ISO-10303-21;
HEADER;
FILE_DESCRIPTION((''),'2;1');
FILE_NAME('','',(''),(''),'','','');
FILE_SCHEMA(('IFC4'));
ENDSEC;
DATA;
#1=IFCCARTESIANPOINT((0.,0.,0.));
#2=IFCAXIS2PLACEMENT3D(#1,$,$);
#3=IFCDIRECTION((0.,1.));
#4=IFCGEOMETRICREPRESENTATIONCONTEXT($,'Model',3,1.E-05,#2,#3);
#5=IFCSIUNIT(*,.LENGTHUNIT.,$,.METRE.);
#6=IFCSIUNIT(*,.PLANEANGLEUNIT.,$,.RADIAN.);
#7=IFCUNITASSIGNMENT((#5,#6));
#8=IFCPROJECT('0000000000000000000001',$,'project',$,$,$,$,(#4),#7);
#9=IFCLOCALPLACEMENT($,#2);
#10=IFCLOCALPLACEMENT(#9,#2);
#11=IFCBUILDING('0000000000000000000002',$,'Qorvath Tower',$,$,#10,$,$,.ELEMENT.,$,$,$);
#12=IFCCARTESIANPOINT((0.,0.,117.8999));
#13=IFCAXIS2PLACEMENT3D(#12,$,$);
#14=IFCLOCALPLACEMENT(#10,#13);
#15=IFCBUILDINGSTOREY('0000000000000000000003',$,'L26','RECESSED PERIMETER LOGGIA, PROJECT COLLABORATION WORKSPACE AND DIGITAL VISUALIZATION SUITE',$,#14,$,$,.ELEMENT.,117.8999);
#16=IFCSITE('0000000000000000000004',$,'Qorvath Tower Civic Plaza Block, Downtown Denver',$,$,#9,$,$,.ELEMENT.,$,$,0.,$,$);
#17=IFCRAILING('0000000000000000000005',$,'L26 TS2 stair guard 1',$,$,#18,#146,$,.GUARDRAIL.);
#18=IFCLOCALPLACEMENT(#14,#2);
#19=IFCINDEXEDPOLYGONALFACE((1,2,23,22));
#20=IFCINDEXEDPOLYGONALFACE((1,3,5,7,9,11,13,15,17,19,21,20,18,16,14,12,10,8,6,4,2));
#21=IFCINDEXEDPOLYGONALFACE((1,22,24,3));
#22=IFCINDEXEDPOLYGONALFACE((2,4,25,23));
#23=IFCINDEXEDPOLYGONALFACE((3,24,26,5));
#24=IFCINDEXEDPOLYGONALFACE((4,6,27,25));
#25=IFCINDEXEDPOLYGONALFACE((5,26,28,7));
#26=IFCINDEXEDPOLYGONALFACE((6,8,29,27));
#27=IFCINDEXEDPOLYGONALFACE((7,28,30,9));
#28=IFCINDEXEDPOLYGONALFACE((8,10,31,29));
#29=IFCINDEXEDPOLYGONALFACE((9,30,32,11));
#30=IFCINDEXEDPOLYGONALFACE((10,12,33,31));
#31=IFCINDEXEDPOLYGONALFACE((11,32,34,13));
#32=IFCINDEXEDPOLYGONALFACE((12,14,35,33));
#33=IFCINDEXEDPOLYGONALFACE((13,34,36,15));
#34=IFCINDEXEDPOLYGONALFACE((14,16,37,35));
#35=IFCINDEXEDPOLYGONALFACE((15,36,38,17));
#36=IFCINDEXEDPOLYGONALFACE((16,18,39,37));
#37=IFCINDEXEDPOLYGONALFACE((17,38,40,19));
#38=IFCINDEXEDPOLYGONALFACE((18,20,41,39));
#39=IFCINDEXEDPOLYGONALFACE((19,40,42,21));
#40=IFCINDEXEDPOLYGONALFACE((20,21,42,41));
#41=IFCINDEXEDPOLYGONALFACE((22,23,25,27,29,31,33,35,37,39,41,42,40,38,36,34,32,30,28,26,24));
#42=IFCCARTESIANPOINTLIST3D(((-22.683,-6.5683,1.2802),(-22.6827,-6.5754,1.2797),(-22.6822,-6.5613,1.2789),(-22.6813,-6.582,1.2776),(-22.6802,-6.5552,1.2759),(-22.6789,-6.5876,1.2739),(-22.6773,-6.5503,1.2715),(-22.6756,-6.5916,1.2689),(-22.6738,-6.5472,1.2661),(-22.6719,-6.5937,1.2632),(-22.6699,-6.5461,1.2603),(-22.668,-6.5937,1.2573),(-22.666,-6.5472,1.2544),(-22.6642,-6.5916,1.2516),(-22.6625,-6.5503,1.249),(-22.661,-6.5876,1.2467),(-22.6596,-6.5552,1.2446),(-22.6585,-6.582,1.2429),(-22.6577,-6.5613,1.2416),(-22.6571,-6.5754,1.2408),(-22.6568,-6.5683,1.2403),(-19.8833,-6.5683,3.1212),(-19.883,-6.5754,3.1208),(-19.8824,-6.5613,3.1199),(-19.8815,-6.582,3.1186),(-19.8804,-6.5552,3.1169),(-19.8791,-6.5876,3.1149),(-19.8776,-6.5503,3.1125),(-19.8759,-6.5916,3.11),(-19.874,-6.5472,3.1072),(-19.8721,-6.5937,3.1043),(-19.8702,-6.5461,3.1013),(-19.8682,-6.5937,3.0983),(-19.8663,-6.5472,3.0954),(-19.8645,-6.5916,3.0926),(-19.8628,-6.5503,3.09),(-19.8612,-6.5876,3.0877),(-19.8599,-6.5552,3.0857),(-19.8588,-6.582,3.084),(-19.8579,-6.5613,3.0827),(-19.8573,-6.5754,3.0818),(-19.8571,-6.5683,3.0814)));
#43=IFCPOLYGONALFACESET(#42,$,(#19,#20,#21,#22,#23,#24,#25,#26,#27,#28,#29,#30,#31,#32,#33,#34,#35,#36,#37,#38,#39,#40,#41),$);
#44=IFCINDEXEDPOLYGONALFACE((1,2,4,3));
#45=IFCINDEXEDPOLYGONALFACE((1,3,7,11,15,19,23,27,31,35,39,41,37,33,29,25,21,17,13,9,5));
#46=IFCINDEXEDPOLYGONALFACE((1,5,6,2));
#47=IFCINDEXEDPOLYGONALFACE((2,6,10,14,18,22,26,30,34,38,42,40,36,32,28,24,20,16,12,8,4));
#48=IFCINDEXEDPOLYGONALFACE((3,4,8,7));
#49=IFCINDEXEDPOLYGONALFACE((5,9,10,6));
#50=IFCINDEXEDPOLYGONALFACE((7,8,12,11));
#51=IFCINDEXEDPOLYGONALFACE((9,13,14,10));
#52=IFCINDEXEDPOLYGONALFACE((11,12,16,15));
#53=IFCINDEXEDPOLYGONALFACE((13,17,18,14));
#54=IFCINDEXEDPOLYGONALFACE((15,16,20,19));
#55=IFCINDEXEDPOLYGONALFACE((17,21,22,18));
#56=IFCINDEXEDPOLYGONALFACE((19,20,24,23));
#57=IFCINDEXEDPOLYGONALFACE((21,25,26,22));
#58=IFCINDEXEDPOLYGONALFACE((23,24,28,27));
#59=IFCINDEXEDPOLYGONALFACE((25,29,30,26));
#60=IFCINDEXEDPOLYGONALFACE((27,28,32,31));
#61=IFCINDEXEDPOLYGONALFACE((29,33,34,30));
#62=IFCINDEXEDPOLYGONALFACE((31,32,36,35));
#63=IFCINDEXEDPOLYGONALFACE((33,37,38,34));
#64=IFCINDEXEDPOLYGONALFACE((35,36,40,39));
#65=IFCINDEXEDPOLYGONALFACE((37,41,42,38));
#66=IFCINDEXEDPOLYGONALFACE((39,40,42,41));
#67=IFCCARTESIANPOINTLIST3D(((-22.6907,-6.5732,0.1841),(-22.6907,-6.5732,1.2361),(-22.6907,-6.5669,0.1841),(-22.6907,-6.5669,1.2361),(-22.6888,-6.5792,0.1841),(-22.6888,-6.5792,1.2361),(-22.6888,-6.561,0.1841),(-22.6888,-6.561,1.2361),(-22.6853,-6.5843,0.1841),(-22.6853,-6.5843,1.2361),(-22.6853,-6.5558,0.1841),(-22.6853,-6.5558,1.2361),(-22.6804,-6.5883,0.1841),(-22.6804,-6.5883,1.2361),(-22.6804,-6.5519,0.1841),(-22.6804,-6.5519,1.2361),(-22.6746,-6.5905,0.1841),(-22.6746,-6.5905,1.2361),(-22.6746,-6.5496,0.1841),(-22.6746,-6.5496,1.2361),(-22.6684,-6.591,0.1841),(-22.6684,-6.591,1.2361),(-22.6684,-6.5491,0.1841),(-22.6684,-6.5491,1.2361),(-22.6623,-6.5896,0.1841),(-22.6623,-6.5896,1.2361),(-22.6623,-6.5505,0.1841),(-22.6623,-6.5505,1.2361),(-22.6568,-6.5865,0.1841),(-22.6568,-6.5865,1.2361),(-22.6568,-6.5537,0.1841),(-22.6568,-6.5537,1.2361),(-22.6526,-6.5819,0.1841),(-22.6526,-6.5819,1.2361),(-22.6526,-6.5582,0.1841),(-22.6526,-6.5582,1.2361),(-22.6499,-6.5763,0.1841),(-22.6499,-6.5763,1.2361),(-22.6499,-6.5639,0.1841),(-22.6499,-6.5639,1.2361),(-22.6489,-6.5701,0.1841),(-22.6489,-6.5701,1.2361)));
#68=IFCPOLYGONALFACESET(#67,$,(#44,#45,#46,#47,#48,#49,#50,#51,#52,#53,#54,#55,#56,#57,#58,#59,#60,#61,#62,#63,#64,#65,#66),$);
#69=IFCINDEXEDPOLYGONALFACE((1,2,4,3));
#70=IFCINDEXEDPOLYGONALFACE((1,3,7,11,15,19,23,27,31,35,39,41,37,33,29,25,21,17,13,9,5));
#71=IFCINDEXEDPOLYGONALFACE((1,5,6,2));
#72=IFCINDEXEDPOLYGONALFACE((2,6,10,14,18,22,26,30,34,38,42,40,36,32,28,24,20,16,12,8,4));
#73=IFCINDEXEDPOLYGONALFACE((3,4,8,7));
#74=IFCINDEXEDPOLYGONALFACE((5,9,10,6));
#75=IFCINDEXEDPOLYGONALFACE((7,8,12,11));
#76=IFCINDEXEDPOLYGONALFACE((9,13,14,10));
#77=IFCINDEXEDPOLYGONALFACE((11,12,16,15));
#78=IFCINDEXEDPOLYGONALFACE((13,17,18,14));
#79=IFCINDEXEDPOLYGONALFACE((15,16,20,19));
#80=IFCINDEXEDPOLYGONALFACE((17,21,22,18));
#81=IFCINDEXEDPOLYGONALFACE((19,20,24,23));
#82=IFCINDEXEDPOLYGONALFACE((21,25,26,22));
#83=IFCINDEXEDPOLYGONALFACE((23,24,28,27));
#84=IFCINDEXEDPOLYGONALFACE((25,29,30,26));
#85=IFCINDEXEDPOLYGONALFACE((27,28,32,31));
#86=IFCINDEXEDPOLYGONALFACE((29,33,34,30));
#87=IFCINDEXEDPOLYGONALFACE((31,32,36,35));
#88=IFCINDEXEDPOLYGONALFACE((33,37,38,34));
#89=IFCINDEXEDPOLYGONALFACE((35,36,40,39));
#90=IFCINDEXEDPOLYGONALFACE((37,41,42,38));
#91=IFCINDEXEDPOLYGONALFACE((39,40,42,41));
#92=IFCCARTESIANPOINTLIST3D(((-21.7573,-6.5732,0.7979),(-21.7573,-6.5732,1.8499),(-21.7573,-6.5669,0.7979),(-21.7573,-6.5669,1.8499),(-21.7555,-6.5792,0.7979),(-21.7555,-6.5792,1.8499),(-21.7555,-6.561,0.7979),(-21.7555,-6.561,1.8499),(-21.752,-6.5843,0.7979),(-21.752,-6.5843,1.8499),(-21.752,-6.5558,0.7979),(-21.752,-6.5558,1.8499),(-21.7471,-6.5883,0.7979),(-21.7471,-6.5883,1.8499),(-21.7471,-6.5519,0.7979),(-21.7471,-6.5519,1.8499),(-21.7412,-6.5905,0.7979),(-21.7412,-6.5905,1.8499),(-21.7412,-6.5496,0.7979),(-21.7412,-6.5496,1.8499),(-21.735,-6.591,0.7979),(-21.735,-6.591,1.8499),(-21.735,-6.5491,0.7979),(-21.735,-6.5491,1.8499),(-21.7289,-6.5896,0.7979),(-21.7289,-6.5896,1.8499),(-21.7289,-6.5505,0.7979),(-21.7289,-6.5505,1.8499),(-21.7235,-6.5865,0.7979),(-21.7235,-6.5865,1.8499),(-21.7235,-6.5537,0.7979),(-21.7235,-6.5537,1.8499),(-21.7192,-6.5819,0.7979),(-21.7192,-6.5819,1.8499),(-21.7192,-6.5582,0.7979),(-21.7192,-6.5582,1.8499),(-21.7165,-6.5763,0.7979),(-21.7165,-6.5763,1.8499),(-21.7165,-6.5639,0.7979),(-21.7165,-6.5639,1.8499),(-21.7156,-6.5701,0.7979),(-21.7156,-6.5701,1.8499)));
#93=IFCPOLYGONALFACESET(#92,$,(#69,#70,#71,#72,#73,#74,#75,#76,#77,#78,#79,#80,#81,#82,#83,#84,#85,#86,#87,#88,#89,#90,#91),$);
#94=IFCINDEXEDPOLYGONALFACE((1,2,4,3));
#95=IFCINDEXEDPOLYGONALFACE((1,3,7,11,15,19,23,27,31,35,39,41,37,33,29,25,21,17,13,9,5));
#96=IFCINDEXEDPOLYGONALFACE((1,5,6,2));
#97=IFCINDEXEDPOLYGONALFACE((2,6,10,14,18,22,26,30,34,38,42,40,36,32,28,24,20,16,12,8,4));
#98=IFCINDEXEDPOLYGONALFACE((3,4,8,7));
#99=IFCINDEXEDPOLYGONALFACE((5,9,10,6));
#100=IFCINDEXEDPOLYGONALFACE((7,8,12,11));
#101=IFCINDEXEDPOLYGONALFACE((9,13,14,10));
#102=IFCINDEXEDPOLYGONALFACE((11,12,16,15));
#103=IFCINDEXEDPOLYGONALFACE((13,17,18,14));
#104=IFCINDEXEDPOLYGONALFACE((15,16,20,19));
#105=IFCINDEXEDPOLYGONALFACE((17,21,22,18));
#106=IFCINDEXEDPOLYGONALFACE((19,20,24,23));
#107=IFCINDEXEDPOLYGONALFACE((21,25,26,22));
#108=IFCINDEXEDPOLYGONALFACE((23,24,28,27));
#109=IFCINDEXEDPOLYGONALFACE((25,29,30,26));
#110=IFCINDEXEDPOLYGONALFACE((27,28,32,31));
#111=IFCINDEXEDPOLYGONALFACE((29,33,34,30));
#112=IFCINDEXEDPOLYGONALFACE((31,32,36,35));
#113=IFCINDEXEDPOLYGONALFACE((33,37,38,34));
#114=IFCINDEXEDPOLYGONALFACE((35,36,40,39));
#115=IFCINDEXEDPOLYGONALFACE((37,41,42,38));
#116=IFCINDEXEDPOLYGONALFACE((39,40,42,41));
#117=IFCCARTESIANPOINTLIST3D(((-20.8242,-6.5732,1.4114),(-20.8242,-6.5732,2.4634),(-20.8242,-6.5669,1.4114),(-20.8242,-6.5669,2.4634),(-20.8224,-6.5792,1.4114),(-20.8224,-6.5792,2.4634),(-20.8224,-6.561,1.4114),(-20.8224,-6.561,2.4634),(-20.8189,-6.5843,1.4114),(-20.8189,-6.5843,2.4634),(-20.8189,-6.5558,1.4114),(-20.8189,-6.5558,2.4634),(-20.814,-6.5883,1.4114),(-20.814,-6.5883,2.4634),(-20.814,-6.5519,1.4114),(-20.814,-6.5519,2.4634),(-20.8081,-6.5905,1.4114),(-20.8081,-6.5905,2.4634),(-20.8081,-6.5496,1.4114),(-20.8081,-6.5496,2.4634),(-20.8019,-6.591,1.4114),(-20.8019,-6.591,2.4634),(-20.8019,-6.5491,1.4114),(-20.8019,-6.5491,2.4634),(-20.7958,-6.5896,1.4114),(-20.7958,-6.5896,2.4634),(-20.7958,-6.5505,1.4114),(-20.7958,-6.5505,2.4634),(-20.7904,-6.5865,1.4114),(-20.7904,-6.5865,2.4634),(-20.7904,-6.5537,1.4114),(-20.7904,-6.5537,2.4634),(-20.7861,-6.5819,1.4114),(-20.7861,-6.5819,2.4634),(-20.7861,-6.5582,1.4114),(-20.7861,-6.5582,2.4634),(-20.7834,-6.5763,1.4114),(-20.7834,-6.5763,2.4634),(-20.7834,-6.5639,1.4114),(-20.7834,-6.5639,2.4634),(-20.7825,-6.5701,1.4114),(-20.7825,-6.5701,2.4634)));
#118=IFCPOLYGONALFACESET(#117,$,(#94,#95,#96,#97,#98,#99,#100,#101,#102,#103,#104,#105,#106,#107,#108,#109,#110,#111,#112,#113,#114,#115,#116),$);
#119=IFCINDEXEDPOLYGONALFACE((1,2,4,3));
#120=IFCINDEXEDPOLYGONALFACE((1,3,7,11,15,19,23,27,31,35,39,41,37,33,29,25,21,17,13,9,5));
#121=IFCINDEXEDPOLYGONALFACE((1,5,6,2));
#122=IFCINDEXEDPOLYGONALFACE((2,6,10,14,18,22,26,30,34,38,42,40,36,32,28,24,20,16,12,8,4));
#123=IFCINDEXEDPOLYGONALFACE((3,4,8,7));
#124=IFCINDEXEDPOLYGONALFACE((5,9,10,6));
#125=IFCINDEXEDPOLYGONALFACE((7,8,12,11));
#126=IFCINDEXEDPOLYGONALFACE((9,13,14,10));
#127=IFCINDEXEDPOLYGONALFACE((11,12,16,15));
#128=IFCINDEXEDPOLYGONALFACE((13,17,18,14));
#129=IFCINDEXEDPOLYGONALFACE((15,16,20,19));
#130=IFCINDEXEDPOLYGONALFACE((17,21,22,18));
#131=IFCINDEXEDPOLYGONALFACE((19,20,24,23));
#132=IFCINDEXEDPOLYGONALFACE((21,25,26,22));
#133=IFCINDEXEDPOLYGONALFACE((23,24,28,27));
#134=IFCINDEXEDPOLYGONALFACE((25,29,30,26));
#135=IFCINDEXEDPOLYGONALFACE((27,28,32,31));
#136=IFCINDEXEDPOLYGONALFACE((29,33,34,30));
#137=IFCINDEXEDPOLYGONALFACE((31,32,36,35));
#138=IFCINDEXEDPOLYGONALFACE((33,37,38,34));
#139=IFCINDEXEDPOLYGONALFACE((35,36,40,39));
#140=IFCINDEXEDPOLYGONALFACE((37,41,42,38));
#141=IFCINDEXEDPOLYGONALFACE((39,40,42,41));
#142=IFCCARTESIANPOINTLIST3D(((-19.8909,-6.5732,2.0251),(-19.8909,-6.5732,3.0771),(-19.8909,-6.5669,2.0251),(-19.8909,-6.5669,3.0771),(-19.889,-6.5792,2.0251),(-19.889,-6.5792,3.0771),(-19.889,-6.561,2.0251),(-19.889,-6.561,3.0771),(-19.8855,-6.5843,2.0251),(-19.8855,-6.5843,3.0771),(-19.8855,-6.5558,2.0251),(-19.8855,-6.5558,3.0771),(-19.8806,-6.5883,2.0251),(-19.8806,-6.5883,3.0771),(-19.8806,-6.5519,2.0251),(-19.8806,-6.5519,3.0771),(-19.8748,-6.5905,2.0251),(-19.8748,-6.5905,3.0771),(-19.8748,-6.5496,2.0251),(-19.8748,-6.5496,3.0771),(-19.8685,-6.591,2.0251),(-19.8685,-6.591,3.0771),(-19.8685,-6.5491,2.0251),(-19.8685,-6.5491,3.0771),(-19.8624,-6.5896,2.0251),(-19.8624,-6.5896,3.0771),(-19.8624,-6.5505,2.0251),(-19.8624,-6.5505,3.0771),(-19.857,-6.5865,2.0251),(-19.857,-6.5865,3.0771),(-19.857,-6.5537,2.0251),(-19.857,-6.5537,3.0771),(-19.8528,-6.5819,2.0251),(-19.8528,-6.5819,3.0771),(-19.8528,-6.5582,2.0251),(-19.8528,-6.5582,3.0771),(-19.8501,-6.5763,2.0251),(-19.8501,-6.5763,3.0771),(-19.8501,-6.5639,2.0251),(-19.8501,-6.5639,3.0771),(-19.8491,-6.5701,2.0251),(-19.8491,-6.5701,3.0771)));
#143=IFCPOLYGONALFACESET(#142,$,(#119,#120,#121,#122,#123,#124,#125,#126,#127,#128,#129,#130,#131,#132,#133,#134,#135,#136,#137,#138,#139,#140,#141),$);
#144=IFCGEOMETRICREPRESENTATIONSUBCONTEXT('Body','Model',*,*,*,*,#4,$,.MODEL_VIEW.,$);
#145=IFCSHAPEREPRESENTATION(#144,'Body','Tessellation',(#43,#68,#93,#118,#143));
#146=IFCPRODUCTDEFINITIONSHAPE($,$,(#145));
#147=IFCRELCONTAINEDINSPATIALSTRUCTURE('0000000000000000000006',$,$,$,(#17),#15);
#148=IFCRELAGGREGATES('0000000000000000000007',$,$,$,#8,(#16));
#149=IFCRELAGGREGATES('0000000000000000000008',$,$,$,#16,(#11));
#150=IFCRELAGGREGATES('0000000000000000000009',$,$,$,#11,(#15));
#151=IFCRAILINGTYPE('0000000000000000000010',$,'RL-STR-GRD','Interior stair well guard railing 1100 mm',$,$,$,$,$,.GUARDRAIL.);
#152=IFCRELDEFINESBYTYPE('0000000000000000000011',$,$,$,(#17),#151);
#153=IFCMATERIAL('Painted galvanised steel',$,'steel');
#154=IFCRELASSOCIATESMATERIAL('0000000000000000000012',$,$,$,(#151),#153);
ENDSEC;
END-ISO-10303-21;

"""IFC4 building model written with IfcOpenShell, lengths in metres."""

from ifc_helpers import new_model, si_unit, direction, frame, origin, origin_2d, place, context, subcontext, project, spatial, circle, extrude, material, type_object, element, save


model = new_model("IFC4")

# Units and contexts
model_context = context("Model", 3, precision=1e-05, world=origin(), true_north=direction((0.0, 1.0)))
body_context = subcontext(model_context, "Body", "Model", "MODEL_VIEW")
ifc_project = project(units=[si_unit("LENGTHUNIT", "METRE"), si_unit("PLANEANGLEUNIT", "RADIAN")], contexts=[model_context])

# Site, building, storey
site_placement = place(None, origin())
site = spatial("IfcSite", under=ifc_project, at=site_placement, Name="Qorvath Tower Civic Plaza Block, Downtown Denver", CompositionType="ELEMENT", RefElevation=0.0)
building_placement = place(site_placement, origin())
building = spatial("IfcBuilding", under=site, at=building_placement, Name="Qorvath Tower", CompositionType="ELEMENT")
storey_placement = place(building_placement, frame((0.0, 0.0, 117.8999)))
storey = spatial("IfcBuildingStorey", under=building, at=storey_placement, Name="L26", Description="RECESSED PERIMETER LOGGIA, PROJECT COLLABORATION WORKSPACE AND DIGITAL VISUALIZATION SUITE", CompositionType="ELEMENT", Elevation=117.8999)

# Railing
ifc_material_1 = material(Name="Painted galvanised steel", Category="steel")
railing_type_1 = type_object("IfcRailingType", Name="RL-STR-GRD", Description="Interior stair well guard railing 1100 mm", PredefinedType="GUARDRAIL", material=ifc_material_1)
railing_1_placement = place(storey_placement, frame((-22.6699, -6.5701, 0.1841)))
element("IfcRailing", 1, at=railing_1_placement, inside=storey, type_object=railing_type_1, Name="L26 TS2 stair guard 1", PredefinedType="GUARDRAIL", context=body_context, shape_type="SweptSolid", body=[
    extrude(circle(Radius=0.0239, at=origin_2d()), frame((0.0, 0.0, 1.0762), z_axis=(0.835542, 0.0, 0.549426), x_axis=(0.0, 1.0, 0.0)), (0.0, 0.0, 1.0), 3.3508),
    extrude(circle(Radius=0.021, at=origin_2d()), origin(), (0.0, 0.0, 1.0), 1.052),
    extrude(circle(Radius=0.021, at=origin_2d()), frame((0.9333, 0.0, 0.6138)), (0.0, 0.0, 1.0), 1.052),
    extrude(circle(Radius=0.021, at=origin_2d()), frame((1.8665, 0.0, 1.2273)), (0.0, 0.0, 1.0), 1.052),
    extrude(circle(Radius=0.021, at=origin_2d()), frame((2.7998, 0.0, 1.8411)), (0.0, 0.0, 1.0), 1.052),
])

save(model, "model.ifc")
